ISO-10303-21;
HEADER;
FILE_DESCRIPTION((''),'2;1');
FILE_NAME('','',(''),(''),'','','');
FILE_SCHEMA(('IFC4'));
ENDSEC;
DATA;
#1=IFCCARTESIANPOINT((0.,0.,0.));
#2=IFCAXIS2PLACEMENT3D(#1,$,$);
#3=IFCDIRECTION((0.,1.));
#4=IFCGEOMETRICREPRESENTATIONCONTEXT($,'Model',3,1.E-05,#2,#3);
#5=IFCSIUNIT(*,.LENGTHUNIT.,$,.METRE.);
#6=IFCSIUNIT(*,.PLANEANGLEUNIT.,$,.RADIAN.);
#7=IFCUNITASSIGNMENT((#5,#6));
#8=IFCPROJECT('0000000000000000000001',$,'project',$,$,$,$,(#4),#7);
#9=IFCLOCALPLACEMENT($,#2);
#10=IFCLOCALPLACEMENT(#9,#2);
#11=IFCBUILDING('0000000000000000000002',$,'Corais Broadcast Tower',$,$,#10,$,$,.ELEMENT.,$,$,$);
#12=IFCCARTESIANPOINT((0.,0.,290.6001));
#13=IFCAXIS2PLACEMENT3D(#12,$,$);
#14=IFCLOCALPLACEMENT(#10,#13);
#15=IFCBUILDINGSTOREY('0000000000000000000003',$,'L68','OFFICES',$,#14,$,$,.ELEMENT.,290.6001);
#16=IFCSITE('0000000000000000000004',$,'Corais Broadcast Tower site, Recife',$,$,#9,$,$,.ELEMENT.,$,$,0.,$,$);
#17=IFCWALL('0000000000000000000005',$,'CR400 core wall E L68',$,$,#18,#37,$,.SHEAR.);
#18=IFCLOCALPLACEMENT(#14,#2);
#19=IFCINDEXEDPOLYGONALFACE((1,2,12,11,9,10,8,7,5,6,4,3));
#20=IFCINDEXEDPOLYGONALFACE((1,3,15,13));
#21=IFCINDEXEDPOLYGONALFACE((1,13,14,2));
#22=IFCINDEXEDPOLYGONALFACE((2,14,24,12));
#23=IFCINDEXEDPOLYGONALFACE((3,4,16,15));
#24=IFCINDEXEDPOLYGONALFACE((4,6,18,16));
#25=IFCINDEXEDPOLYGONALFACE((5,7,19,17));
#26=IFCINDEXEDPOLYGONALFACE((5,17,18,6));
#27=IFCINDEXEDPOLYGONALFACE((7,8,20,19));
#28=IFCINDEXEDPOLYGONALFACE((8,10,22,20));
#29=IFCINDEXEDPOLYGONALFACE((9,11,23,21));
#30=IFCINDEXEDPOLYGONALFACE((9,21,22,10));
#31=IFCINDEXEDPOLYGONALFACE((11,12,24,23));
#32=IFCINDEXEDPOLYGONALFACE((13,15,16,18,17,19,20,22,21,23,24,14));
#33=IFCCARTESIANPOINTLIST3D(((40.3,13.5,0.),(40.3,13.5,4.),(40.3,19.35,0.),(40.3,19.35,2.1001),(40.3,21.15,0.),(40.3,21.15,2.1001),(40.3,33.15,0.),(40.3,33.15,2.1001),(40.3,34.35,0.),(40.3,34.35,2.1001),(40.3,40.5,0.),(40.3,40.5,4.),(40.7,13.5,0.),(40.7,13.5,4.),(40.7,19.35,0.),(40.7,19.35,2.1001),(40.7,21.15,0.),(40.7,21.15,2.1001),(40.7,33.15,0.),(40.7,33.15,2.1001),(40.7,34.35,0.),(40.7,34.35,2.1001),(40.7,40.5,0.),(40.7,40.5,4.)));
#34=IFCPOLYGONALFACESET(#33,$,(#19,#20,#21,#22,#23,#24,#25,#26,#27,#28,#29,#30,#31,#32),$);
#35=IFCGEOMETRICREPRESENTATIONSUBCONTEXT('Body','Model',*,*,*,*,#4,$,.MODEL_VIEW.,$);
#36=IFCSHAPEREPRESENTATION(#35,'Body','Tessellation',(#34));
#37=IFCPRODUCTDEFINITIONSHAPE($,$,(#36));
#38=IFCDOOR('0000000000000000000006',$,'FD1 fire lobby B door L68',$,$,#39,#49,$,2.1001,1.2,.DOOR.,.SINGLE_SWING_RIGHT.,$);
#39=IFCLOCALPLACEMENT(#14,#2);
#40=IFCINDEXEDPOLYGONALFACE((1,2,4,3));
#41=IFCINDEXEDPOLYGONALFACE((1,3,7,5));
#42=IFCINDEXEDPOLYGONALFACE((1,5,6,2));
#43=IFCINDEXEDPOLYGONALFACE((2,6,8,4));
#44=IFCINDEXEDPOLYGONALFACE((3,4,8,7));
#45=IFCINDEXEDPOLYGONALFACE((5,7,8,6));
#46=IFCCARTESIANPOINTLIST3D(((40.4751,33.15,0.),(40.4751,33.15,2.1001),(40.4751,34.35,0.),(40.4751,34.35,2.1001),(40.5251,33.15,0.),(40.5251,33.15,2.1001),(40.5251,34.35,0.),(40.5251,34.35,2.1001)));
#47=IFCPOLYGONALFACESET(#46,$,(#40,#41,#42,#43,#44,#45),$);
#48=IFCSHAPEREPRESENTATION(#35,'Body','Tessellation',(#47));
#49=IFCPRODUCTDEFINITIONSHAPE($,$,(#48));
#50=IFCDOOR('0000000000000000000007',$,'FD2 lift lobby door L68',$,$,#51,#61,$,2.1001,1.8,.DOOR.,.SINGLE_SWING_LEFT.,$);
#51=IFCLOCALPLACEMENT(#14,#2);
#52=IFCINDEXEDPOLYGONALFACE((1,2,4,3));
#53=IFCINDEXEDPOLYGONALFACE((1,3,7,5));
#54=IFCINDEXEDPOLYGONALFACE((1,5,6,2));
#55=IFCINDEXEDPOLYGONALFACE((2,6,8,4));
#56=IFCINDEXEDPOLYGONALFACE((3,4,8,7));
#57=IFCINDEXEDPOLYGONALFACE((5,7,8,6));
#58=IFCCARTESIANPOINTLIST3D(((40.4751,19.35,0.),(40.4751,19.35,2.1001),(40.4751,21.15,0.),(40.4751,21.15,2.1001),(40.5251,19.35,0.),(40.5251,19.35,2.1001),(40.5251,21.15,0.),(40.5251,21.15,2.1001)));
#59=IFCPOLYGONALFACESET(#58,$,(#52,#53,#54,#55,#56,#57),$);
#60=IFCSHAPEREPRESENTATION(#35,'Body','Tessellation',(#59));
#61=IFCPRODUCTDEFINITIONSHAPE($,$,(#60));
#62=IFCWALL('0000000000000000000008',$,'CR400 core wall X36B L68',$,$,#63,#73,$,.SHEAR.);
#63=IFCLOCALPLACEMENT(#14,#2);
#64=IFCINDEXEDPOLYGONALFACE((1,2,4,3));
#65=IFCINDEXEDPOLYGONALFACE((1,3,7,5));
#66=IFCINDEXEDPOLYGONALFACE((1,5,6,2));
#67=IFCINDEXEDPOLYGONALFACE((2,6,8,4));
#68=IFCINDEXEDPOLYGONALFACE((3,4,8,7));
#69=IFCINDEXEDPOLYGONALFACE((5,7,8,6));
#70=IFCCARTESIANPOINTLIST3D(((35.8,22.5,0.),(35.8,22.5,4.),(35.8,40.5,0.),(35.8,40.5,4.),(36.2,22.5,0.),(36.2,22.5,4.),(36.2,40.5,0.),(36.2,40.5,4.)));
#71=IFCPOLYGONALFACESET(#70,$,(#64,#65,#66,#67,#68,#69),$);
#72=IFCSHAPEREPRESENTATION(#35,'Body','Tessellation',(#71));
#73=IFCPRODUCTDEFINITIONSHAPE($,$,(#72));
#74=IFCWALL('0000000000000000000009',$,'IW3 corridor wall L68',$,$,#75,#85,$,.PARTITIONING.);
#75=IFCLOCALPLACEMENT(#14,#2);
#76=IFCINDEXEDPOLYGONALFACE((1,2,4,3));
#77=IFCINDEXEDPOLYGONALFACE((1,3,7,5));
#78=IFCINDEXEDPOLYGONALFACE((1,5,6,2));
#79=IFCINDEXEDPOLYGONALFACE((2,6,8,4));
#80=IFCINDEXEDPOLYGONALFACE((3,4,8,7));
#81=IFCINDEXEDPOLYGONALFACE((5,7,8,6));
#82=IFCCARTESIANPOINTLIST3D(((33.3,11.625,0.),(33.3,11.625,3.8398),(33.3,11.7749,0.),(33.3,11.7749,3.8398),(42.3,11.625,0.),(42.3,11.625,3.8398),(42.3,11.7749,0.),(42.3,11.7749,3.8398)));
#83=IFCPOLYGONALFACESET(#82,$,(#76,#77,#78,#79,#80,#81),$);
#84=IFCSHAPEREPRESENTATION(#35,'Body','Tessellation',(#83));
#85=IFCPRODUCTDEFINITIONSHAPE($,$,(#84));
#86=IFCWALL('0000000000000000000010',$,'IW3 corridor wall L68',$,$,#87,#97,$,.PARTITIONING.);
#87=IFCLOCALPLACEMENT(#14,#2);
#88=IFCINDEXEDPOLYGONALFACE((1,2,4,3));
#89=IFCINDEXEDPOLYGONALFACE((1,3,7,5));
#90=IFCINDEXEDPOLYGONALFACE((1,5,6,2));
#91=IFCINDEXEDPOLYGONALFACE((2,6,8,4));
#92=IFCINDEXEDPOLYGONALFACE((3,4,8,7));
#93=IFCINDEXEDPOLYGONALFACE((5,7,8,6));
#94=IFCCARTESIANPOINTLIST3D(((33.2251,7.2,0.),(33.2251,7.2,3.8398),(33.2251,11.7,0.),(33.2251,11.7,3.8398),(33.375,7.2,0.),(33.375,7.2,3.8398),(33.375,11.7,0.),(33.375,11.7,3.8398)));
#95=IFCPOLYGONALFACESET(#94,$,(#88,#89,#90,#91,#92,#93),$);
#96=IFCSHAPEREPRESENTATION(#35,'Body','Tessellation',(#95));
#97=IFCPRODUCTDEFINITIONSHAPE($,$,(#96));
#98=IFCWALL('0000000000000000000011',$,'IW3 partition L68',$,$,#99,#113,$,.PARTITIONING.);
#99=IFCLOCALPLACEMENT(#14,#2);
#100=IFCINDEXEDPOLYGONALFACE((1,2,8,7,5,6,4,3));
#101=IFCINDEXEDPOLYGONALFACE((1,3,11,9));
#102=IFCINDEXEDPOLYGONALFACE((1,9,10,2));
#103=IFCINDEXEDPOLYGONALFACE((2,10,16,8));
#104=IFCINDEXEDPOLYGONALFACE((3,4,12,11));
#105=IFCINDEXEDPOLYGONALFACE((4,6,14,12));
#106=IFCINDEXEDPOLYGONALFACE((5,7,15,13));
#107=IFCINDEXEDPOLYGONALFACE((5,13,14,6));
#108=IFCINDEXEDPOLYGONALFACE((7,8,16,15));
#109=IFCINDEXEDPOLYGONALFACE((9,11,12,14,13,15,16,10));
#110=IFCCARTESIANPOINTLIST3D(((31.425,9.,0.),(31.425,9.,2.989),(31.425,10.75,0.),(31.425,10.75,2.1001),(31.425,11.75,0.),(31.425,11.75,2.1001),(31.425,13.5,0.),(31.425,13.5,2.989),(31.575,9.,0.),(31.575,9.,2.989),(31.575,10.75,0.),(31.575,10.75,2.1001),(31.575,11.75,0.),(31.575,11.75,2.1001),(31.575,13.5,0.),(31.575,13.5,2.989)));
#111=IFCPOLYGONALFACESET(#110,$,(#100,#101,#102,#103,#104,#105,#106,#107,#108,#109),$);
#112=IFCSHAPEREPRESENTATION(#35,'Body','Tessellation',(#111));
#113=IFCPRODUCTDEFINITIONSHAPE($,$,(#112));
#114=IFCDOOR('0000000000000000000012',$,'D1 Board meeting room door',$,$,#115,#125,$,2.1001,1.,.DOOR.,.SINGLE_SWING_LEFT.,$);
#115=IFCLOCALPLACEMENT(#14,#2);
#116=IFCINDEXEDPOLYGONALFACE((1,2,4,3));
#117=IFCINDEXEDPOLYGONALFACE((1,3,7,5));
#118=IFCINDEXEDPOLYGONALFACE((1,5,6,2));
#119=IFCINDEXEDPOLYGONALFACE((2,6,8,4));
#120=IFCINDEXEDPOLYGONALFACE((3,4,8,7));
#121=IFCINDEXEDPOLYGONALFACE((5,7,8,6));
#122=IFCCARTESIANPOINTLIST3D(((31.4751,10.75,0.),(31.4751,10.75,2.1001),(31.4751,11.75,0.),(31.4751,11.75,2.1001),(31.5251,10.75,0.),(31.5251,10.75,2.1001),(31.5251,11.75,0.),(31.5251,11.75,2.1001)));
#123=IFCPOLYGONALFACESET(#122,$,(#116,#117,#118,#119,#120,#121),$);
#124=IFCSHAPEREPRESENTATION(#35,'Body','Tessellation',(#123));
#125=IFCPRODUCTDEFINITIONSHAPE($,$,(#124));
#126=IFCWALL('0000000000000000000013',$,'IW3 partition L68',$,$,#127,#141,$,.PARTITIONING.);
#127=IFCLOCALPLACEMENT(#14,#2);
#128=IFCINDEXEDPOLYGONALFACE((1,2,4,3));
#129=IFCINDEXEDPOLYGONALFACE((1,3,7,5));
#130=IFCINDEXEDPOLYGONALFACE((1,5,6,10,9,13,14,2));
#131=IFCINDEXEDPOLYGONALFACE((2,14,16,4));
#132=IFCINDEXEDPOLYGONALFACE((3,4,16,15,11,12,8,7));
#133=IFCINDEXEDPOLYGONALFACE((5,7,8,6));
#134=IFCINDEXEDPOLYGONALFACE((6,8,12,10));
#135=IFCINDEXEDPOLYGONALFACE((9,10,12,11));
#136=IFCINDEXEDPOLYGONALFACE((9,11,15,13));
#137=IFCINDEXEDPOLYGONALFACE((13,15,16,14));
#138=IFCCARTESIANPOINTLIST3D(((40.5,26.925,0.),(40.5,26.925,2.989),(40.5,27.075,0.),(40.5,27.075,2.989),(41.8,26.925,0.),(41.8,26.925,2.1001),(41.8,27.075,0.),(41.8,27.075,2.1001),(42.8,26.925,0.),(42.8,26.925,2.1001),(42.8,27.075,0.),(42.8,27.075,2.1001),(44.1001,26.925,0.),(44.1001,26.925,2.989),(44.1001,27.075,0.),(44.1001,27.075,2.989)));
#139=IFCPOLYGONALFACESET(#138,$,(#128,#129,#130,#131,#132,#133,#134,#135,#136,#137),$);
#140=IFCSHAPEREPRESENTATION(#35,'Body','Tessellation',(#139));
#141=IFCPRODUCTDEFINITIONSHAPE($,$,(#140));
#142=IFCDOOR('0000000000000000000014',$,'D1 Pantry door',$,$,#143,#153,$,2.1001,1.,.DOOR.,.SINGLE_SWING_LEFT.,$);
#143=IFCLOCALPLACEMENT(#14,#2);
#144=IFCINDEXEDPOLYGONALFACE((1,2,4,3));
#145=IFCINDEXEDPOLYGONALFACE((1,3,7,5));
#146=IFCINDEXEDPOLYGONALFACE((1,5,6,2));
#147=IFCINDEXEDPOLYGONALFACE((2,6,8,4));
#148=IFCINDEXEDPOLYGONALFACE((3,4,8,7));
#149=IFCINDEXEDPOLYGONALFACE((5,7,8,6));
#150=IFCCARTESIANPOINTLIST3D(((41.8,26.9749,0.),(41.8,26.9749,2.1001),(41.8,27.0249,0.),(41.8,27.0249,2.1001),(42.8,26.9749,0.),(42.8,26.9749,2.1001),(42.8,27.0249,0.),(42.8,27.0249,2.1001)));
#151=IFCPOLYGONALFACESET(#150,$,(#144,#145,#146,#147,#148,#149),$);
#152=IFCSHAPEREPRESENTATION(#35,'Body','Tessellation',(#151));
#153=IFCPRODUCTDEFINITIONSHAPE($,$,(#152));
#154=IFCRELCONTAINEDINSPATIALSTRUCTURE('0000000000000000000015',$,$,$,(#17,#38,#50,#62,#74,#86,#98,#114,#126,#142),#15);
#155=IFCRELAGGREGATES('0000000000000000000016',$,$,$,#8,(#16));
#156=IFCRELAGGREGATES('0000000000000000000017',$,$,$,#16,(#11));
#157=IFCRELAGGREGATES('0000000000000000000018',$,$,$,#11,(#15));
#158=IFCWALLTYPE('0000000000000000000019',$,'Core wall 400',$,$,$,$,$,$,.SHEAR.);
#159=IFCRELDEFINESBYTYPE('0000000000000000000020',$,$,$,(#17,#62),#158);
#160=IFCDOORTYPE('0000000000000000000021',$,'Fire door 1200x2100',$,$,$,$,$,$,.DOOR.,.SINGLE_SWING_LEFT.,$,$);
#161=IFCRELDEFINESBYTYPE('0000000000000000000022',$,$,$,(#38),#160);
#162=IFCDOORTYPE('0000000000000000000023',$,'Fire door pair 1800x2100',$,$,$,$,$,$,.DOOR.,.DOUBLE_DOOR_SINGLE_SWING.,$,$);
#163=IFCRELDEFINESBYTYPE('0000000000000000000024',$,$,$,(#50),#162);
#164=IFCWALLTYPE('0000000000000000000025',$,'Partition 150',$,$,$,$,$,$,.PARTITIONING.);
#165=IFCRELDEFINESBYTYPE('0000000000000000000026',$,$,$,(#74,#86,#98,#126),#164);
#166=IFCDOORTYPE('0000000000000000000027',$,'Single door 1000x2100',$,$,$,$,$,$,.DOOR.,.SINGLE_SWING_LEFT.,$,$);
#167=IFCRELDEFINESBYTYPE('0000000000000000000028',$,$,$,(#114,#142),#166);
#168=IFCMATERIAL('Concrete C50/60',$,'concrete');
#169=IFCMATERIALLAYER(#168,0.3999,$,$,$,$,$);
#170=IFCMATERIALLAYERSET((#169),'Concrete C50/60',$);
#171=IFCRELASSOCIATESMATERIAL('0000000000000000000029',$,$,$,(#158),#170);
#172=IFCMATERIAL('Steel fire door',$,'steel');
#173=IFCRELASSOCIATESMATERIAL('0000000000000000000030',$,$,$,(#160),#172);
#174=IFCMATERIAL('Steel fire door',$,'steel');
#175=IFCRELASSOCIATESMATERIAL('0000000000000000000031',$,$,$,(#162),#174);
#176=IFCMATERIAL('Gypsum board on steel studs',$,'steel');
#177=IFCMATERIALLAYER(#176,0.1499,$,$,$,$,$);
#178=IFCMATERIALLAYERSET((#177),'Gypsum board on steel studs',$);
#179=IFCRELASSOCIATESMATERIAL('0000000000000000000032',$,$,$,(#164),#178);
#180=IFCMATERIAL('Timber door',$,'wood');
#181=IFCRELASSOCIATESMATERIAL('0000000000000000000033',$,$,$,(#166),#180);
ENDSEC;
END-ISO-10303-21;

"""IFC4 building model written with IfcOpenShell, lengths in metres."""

from ifc_helpers import new_model, si_unit, direction, frame, frame_2d, origin, place, context, subcontext, project, spatial, rectangle, extrude, material, layer, layer_set, type_object, element, fill, save


model = new_model("IFC4")

# Units and contexts
model_context = context("Model", 3, precision=1e-05, world=origin(), true_north=direction((0.0, 1.0)))
body_context = subcontext(model_context, "Body", "Model", "MODEL_VIEW")
ifc_project = project(units=[si_unit("LENGTHUNIT", "METRE"), si_unit("PLANEANGLEUNIT", "RADIAN")], contexts=[model_context])

# Site, building, storey
site_placement = place(None, origin())
site = spatial("IfcSite", under=ifc_project, at=site_placement, Name="Corais Broadcast Tower site, Recife", CompositionType="ELEMENT", RefElevation=0.0)
building_placement = place(site_placement, origin())
building = spatial("IfcBuilding", under=site, at=building_placement, Name="Corais Broadcast Tower", CompositionType="ELEMENT")
storey_placement = place(building_placement, frame((0.0, 0.0, 290.6001)))
storey = spatial("IfcBuildingStorey", under=building, at=storey_placement, Name="L68", Description="OFFICES", CompositionType="ELEMENT", Elevation=290.6001)

# Wall, openings, doors
ifc_material_1 = material(Name="Concrete C50/60", Category="concrete")
ifc_layer_1 = layer(ifc_material_1, 0.3999)
ifc_layer_set_1 = layer_set([ifc_layer_1], Name="Concrete C50/60")
wall_type_1 = type_object("IfcWallType", Name="Core wall 400", PredefinedType="SHEAR", material=ifc_layer_set_1)
wall_1_placement = place(storey_placement, frame((40.5, 13.5, 0.0), z_axis=(0.0, 0.0, 1.0), x_axis=(0.0, 1.0, 0.0)))
wall_1 = element("IfcWall", 1, at=wall_1_placement, inside=storey, type_object=wall_type_1, Name="CR400 core wall E L68", PredefinedType="SHEAR", context=body_context, shape_type="SweptSolid", body=[
    extrude(rectangle(XDim=27.0, YDim=0.3999, at=frame_2d((13.5, 0.0))), origin(), (0.0, 0.0, 1.0), 4.0),
])
opening_1_placement = place(wall_1_placement, frame((5.8501, 0.0, 0.0)))
opening_1 = element("IfcOpeningElement", 2, at=opening_1_placement, cuts=wall_1, PredefinedType="OPENING", context=body_context, shape_type="SweptSolid", body=[
    extrude(rectangle(XDim=1.8, YDim=2.1001, at=frame_2d((0.8999, 1.05))), frame((0.0, 0.21, 0.0), z_axis=(0.0, -1.0, 0.0), x_axis=(1.0, 0.0, 0.0)), (0.0, 0.0, 1.0), 0.4199),
])
opening_2_placement = place(wall_1_placement, frame((19.6499, 0.0, 0.0)))
opening_2 = element("IfcOpeningElement", 3, at=opening_2_placement, cuts=wall_1, PredefinedType="OPENING", context=body_context, shape_type="SweptSolid", body=[
    extrude(rectangle(XDim=1.2, YDim=2.1001, at=frame_2d((0.6001, 1.05))), frame((0.0, 0.21, 0.0), z_axis=(0.0, -1.0, 0.0), x_axis=(1.0, 0.0, 0.0)), (0.0, 0.0, 1.0), 0.4199),
])
ifc_material_2 = material(Name="Steel fire door", Category="steel")
door_type_1 = type_object("IfcDoorType", Name="Fire door 1200x2100", OperationType="SINGLE_SWING_LEFT", PredefinedType="DOOR", material=ifc_material_2)
door_1_placement = place(opening_2_placement, origin())
door_1 = element("IfcDoor", 4, at=door_1_placement, inside=storey, type_object=door_type_1, Name="FD1 fire lobby B door L68", OperationType="SINGLE_SWING_RIGHT", OverallHeight=2.1001, OverallWidth=1.2, PredefinedType="DOOR", context=body_context, shape_type="SweptSolid", body=[
    extrude(rectangle(XDim=1.2, YDim=2.1001, at=frame_2d((0.6001, 1.05))), frame((0.0, 0.0249, 0.0), z_axis=(0.0, -1.0, 0.0), x_axis=(1.0, 0.0, 0.0)), (0.0, 0.0, 1.0), 0.05),
])
fill(opening_2, door_1)
ifc_material_3 = material(Name="Steel fire door", Category="steel")
door_type_2 = type_object("IfcDoorType", Name="Fire door pair 1800x2100", OperationType="DOUBLE_DOOR_SINGLE_SWING", PredefinedType="DOOR", material=ifc_material_3)
door_2_placement = place(opening_1_placement, origin())
door_2 = element("IfcDoor", 5, at=door_2_placement, inside=storey, type_object=door_type_2, Name="FD2 lift lobby door L68", OperationType="SINGLE_SWING_LEFT", OverallHeight=2.1001, OverallWidth=1.8, PredefinedType="DOOR", context=body_context, shape_type="SweptSolid", body=[
    extrude(rectangle(XDim=1.8, YDim=2.1001, at=frame_2d((0.8999, 1.05))), frame((0.0, 0.0249, 0.0), z_axis=(0.0, -1.0, 0.0), x_axis=(1.0, 0.0, 0.0)), (0.0, 0.0, 1.0), 0.05),
])
fill(opening_1, door_2)

# Walls
wall_2_placement = place(storey_placement, frame((36.0, 22.5, 0.0), z_axis=(0.0, 0.0, 1.0), x_axis=(0.0, 1.0, 0.0)))
element("IfcWall", 6, at=wall_2_placement, inside=storey, type_object=wall_type_1, Name="CR400 core wall X36B L68", PredefinedType="SHEAR", context=body_context, shape_type="SweptSolid", body=[
    extrude(rectangle(XDim=18.0, YDim=0.3999, at=frame_2d((9.0, 0.0))), origin(), (0.0, 0.0, 1.0), 4.0),
])
ifc_material_4 = material(Name="Gypsum board on steel studs", Category="steel")
ifc_layer_2 = layer(ifc_material_4, 0.1499)
ifc_layer_set_2 = layer_set([ifc_layer_2], Name="Gypsum board on steel studs")
wall_type_2 = type_object("IfcWallType", Name="Partition 150", PredefinedType="PARTITIONING", material=ifc_layer_set_2)
wall_3_placement = place(storey_placement, frame((33.3, 11.7, 0.0), z_axis=(0.0, 0.0, 1.0), x_axis=(1.0, 0.0, 0.0)))
element("IfcWall", 7, at=wall_3_placement, inside=storey, type_object=wall_type_2, Name="IW3 corridor wall L68", PredefinedType="PARTITIONING", context=body_context, shape_type="SweptSolid", body=[
    extrude(rectangle(XDim=9.0, YDim=0.1499, at=frame_2d((4.5, 0.0))), origin(), (0.0, 0.0, 1.0), 3.8398),
])
wall_4_placement = place(storey_placement, frame((33.3, 7.2, 0.0), z_axis=(0.0, 0.0, 1.0), x_axis=(0.0, 1.0, 0.0)))
element("IfcWall", 8, at=wall_4_placement, inside=storey, type_object=wall_type_2, Name="IW3 corridor wall L68", PredefinedType="PARTITIONING", context=body_context, shape_type="SweptSolid", body=[
    extrude(rectangle(XDim=4.5, YDim=0.1499, at=frame_2d((2.25, 0.0))), origin(), (0.0, 0.0, 1.0), 3.8398),
])

# Walls, openings, doors
wall_5_placement = place(storey_placement, frame((31.5, 9.0, 0.0), z_axis=(0.0, 0.0, 1.0), x_axis=(0.0, 1.0, 0.0)))
wall_5 = element("IfcWall", 9, at=wall_5_placement, inside=storey, type_object=wall_type_2, Name="IW3 partition L68", PredefinedType="PARTITIONING", context=body_context, shape_type="SweptSolid", body=[
    extrude(rectangle(XDim=4.5, YDim=0.1499, at=frame_2d((2.25, 0.0))), origin(), (0.0, 0.0, 1.0), 2.989),
])
opening_3_placement = place(wall_5_placement, frame((1.75, 0.0, 0.0)))
opening_3 = element("IfcOpeningElement", 10, at=opening_3_placement, cuts=wall_5, PredefinedType="OPENING", context=body_context, shape_type="SweptSolid", body=[
    extrude(rectangle(XDim=1.0, YDim=2.1001, at=frame_2d((0.5, 1.05))), frame((0.0, 0.085, 0.0), z_axis=(0.0, -1.0, 0.0), x_axis=(1.0, 0.0, 0.0)), (0.0, 0.0, 1.0), 0.1699),
])
ifc_material_5 = material(Name="Timber door", Category="wood")
door_type_3 = type_object("IfcDoorType", Name="Single door 1000x2100", OperationType="SINGLE_SWING_LEFT", PredefinedType="DOOR", material=ifc_material_5)
door_3_placement = place(opening_3_placement, origin())
door_3 = element("IfcDoor", 11, at=door_3_placement, inside=storey, type_object=door_type_3, Name="D1 Board meeting room door", OperationType="SINGLE_SWING_LEFT", OverallHeight=2.1001, OverallWidth=1.0, PredefinedType="DOOR", context=body_context, shape_type="SweptSolid", body=[
    extrude(rectangle(XDim=1.0, YDim=2.1001, at=frame_2d((0.5, 1.05))), frame((0.0, 0.0249, 0.0), z_axis=(0.0, -1.0, 0.0), x_axis=(1.0, 0.0, 0.0)), (0.0, 0.0, 1.0), 0.05),
])
fill(opening_3, door_3)
wall_6_placement = place(storey_placement, frame((40.5, 27.0, 0.0), z_axis=(0.0, 0.0, 1.0), x_axis=(1.0, 0.0, 0.0)))
wall_6 = element("IfcWall", 12, at=wall_6_placement, inside=storey, type_object=wall_type_2, Name="IW3 partition L68", PredefinedType="PARTITIONING", context=body_context, shape_type="SweptSolid", body=[
    extrude(rectangle(XDim=3.6001, YDim=0.1499, at=frame_2d((1.8, 0.0))), origin(), (0.0, 0.0, 1.0), 2.989),
])
opening_4_placement = place(wall_6_placement, frame((1.3, 0.0, 0.0)))
opening_4 = element("IfcOpeningElement", 13, at=opening_4_placement, cuts=wall_6, PredefinedType="OPENING", context=body_context, shape_type="SweptSolid", body=[
    extrude(rectangle(XDim=1.0, YDim=2.1001, at=frame_2d((0.5, 1.05))), frame((0.0, 0.085, 0.0), z_axis=(0.0, -1.0, 0.0), x_axis=(1.0, 0.0, 0.0)), (0.0, 0.0, 1.0), 0.1699),
])
door_4_placement = place(opening_4_placement, origin())
door_4 = element("IfcDoor", 14, at=door_4_placement, inside=storey, type_object=door_type_3, Name="D1 Pantry door", OperationType="SINGLE_SWING_LEFT", OverallHeight=2.1001, OverallWidth=1.0, PredefinedType="DOOR", context=body_context, shape_type="SweptSolid", body=[
    extrude(rectangle(XDim=1.0, YDim=2.1001, at=frame_2d((0.5, 1.05))), frame((0.0, 0.0249, 0.0), z_axis=(0.0, -1.0, 0.0), x_axis=(1.0, 0.0, 0.0)), (0.0, 0.0, 1.0), 0.05),
])
fill(opening_4, door_4)

save(model, "model.ifc")
